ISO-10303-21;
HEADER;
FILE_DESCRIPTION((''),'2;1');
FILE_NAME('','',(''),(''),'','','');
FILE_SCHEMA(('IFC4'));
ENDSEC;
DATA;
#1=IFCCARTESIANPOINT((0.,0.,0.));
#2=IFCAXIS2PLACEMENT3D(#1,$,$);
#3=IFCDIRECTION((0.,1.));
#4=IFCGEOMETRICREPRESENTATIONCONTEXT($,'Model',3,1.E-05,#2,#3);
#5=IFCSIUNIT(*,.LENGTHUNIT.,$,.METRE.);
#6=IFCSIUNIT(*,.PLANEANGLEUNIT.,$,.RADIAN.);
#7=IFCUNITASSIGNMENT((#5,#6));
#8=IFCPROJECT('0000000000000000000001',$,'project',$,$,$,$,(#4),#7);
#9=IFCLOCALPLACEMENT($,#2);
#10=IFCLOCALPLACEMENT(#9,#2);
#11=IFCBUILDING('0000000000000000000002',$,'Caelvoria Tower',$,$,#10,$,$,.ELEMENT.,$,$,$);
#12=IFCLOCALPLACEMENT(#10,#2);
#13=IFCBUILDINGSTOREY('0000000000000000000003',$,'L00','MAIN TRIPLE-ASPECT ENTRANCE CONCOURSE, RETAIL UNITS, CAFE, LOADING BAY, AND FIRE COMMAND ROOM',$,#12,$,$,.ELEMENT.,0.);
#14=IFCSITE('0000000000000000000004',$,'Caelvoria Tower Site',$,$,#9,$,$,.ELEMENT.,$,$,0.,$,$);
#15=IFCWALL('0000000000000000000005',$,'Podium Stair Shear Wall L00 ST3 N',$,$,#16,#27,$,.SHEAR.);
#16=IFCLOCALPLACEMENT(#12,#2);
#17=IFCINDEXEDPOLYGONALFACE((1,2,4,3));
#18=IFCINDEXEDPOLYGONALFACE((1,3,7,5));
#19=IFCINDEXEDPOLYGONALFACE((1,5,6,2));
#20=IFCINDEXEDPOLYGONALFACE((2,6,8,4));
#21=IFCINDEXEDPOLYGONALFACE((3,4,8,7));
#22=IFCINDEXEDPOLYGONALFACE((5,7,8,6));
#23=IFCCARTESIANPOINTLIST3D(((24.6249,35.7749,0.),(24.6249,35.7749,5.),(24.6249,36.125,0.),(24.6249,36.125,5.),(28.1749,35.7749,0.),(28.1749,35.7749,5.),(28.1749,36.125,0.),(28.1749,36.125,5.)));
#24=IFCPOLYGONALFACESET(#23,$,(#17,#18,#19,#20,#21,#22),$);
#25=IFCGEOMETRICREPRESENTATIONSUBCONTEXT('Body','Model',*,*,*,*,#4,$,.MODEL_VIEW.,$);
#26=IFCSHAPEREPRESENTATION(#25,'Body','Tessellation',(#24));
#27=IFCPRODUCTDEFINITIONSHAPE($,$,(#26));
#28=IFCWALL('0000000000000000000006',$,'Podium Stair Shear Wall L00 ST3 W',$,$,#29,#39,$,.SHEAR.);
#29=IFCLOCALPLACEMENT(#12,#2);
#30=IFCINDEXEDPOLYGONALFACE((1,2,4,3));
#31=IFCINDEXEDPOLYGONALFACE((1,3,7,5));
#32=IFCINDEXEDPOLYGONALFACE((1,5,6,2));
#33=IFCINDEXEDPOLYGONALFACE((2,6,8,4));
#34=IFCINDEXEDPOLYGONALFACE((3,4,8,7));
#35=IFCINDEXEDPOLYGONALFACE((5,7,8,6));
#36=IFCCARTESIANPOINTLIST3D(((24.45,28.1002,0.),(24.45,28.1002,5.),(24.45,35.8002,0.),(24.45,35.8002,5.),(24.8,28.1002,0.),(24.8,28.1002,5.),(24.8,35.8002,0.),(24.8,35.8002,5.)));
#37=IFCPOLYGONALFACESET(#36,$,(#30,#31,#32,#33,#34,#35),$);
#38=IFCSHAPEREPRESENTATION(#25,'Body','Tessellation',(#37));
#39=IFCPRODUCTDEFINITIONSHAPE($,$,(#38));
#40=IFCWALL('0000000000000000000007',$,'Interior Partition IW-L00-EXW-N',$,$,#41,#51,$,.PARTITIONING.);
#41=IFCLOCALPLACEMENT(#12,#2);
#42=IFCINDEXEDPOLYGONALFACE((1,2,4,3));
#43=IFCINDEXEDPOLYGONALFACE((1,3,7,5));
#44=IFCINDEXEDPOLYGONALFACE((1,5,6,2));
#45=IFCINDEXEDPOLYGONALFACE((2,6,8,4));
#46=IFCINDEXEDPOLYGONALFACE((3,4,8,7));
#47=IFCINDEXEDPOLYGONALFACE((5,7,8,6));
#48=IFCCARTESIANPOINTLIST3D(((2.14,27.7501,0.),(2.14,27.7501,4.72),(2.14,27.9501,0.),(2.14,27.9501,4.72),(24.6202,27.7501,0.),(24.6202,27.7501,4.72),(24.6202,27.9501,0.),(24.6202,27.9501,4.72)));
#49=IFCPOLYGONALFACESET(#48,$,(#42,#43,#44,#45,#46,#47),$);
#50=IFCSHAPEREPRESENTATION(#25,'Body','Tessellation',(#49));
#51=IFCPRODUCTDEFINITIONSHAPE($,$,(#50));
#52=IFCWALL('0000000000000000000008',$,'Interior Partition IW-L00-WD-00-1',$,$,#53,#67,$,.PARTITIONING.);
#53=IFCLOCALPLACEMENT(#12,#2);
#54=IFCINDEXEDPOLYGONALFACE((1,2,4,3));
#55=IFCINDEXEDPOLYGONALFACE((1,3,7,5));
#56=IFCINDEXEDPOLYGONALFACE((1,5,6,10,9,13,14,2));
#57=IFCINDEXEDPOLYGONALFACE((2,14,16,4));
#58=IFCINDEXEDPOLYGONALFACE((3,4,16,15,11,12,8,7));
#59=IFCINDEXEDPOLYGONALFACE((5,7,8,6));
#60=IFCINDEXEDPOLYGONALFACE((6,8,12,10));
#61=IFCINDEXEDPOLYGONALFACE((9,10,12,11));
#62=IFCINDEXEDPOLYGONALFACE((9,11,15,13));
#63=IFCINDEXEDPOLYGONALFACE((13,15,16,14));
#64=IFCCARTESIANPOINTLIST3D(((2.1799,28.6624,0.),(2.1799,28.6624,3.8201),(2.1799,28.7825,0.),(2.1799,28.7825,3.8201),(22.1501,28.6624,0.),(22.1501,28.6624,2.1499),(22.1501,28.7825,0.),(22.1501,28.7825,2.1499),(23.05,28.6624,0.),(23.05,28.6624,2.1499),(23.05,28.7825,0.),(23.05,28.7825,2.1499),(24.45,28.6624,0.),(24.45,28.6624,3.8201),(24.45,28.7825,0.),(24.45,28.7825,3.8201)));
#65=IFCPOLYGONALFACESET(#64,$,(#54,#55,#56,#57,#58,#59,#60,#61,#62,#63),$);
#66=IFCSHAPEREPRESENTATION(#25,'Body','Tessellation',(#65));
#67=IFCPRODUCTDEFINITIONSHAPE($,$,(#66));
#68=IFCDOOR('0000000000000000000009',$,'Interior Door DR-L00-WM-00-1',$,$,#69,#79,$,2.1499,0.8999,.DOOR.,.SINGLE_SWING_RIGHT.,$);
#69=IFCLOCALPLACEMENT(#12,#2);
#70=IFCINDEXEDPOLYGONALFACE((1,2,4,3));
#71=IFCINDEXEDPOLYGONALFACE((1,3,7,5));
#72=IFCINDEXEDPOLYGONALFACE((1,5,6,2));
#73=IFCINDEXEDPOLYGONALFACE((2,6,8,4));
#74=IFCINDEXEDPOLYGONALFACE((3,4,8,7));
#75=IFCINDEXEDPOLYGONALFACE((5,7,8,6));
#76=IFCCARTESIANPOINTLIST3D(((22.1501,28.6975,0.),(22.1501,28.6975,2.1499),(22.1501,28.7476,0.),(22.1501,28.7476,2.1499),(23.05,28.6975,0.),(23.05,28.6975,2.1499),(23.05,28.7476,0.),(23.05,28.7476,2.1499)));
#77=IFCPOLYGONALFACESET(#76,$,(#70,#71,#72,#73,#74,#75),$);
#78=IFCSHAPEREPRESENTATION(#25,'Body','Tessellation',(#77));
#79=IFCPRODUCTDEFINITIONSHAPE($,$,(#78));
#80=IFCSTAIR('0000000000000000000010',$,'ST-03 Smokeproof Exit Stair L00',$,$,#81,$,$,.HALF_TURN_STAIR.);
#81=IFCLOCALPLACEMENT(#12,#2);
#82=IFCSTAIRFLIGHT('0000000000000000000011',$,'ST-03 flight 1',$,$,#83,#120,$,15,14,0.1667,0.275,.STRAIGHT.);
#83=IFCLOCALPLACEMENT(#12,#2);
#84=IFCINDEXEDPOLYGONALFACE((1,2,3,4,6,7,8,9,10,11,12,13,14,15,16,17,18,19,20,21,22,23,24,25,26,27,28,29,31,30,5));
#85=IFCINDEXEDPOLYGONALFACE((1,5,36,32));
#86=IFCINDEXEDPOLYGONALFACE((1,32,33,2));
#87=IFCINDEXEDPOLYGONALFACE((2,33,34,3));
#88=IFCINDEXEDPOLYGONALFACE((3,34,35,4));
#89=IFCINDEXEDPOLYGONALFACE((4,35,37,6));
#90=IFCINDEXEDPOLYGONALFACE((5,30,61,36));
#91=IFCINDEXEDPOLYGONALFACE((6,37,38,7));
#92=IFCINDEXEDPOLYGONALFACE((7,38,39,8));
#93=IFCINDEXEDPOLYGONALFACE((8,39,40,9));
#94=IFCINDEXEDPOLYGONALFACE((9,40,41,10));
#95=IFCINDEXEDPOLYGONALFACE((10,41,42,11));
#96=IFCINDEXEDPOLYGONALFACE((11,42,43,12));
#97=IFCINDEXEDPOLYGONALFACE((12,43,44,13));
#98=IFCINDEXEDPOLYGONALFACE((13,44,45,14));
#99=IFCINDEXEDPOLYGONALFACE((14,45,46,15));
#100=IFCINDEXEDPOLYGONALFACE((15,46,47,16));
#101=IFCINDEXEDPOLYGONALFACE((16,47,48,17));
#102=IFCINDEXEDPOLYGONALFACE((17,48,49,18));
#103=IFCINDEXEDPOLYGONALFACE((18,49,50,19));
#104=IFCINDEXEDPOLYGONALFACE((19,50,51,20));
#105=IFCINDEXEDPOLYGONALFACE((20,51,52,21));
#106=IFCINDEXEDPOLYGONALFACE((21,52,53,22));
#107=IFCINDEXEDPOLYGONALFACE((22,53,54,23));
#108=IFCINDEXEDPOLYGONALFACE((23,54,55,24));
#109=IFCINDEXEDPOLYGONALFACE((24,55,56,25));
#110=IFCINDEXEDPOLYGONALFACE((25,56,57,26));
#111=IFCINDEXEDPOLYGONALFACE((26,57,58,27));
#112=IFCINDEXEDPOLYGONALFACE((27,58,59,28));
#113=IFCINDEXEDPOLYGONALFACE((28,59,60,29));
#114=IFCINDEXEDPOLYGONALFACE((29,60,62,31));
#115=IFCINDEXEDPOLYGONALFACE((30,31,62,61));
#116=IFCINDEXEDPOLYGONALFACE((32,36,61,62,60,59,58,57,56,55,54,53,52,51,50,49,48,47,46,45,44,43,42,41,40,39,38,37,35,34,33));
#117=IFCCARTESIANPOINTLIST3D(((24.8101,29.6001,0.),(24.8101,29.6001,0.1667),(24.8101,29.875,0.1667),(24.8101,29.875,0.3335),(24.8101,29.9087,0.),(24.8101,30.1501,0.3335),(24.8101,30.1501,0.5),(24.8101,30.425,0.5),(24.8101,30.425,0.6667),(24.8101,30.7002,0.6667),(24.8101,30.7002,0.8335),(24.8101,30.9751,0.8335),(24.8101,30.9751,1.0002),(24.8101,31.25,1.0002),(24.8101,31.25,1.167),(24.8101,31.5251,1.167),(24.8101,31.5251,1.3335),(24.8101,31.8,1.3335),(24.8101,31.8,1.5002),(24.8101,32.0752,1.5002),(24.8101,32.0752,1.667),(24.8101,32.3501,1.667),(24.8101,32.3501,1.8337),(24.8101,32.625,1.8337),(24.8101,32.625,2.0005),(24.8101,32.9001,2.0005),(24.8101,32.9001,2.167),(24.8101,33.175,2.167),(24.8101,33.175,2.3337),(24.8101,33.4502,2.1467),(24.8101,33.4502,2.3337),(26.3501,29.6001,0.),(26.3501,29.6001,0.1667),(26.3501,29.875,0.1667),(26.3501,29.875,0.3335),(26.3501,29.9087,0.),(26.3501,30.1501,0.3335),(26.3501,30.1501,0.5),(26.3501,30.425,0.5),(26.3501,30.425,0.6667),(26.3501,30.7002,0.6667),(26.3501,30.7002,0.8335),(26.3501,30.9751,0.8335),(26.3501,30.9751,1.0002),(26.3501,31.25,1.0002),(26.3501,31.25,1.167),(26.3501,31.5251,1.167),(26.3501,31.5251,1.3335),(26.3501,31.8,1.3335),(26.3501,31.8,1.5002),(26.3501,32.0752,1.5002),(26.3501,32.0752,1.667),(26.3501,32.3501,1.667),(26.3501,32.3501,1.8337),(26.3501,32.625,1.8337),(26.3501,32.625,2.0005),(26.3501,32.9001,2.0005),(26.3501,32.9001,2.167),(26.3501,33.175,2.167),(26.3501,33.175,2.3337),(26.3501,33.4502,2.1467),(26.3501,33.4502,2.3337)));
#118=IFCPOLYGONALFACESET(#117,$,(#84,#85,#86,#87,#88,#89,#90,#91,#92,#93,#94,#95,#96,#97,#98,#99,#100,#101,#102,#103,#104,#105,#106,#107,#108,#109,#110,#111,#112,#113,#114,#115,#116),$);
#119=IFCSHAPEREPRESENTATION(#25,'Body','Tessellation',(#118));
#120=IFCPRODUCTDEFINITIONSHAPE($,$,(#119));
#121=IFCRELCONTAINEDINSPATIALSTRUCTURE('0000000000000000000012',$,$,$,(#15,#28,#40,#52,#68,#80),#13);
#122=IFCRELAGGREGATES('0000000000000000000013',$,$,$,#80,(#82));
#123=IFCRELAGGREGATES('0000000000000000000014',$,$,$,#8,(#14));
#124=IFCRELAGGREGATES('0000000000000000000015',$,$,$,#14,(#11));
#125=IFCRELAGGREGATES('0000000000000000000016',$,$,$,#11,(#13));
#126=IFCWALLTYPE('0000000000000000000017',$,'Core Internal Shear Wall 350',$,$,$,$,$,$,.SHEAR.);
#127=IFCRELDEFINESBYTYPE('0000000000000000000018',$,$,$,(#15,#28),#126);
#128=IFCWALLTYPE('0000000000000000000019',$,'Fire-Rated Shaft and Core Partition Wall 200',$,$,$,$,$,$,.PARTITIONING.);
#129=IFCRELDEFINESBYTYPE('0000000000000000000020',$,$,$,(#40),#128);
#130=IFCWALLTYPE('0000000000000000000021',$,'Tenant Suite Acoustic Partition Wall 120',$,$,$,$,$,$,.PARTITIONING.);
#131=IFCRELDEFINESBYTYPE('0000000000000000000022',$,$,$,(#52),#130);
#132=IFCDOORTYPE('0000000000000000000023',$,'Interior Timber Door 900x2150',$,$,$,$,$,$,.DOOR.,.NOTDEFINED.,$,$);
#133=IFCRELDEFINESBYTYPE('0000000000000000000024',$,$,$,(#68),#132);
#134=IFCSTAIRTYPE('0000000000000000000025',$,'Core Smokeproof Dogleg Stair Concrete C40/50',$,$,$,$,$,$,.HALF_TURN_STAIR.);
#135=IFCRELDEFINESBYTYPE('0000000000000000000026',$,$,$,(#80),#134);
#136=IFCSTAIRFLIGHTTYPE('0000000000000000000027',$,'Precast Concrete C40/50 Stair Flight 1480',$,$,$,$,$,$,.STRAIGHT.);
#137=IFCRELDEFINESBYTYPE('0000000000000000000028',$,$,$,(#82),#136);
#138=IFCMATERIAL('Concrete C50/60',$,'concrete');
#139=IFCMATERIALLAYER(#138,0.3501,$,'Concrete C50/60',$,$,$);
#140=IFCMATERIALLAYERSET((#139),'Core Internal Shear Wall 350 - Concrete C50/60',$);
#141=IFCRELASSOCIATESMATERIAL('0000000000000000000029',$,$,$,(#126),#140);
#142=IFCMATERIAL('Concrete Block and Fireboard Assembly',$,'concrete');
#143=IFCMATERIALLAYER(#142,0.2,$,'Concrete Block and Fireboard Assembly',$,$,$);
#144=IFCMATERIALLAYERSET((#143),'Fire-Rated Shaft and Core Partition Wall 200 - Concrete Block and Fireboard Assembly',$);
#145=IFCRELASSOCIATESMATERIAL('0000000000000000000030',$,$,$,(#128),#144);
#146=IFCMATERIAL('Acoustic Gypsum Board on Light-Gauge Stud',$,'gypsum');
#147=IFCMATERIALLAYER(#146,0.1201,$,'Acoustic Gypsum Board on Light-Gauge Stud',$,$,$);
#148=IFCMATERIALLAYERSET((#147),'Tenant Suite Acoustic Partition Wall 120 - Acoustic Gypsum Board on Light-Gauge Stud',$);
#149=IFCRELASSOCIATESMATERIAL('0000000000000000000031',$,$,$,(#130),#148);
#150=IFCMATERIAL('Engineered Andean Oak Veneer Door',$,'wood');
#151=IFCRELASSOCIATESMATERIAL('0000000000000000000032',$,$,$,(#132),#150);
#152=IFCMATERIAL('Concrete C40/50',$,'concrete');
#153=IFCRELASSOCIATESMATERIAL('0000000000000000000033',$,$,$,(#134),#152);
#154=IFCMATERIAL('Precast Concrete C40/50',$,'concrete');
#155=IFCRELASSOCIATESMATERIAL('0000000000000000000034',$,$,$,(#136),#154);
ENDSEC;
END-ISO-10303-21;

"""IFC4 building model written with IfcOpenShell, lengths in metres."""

from ifc_helpers import new_model, si_unit, direction, frame, frame_2d, origin, place, context, subcontext, project, spatial, polyline, rectangle, outline, extrude, material, layer, layer_set, type_object, element, fill, aggregate, save


model = new_model("IFC4")

# Units and contexts
model_context = context("Model", 3, precision=1e-05, world=origin(), true_north=direction((0.0, 1.0)))
body_context = subcontext(model_context, "Body", "Model", "MODEL_VIEW")
ifc_project = project(units=[si_unit("LENGTHUNIT", "METRE"), si_unit("PLANEANGLEUNIT", "RADIAN")], contexts=[model_context])

# Site, building, storey
site_placement = place(None, origin())
site = spatial("IfcSite", under=ifc_project, at=site_placement, Name="Caelvoria Tower Site", CompositionType="ELEMENT", RefElevation=0.0)
building_placement = place(site_placement, origin())
building = spatial("IfcBuilding", under=site, at=building_placement, Name="Caelvoria Tower", CompositionType="ELEMENT")
storey_placement = place(building_placement, origin())
storey = spatial("IfcBuildingStorey", under=building, at=storey_placement, Name="L00", Description="MAIN TRIPLE-ASPECT ENTRANCE CONCOURSE, RETAIL UNITS, CAFE, LOADING BAY, AND FIRE COMMAND ROOM", CompositionType="ELEMENT", Elevation=0.0)

# Shared definitions
ifc_material_1 = material(Name="Concrete C50/60", Category="concrete")

# Shared definitions
ifc_layer_1 = layer(ifc_material_1, 0.3501, Name="Concrete C50/60")
ifc_layer_set_1 = layer_set([ifc_layer_1], Name="Core Internal Shear Wall 350 - Concrete C50/60")
wall_type_1 = type_object("IfcWallType", Name="Core Internal Shear Wall 350", PredefinedType="SHEAR", material=ifc_layer_set_1)

# Walls
wall_1_placement = place(storey_placement, frame((24.625, 35.95, 0.0), z_axis=(0.0, 0.0, 1.0), x_axis=(1.0, 0.0, 0.0)))
element("IfcWall", 1, at=wall_1_placement, inside=storey, type_object=wall_type_1, Name="Podium Stair Shear Wall L00 ST3 N", PredefinedType="SHEAR", context=body_context, shape_type="SweptSolid", body=[
    extrude(rectangle(XDim=3.55, YDim=0.3501, at=frame_2d((1.7749, 0.0))), origin(), (0.0, 0.0, 1.0), 5.0),
])
wall_2_placement = place(storey_placement, frame((24.625, 28.1001, 0.0), z_axis=(0.0, 0.0, 1.0), x_axis=(0.0, 1.0, 0.0)))
element("IfcWall", 2, at=wall_2_placement, inside=storey, type_object=wall_type_1, Name="Podium Stair Shear Wall L00 ST3 W", PredefinedType="SHEAR", context=body_context, shape_type="SweptSolid", body=[
    extrude(rectangle(XDim=7.7, YDim=0.3501, at=frame_2d((3.8501, 0.0))), origin(), (0.0, 0.0, 1.0), 5.0),
])
ifc_material_2 = material(Name="Concrete Block and Fireboard Assembly", Category="concrete")
ifc_layer_2 = layer(ifc_material_2, 0.2, Name="Concrete Block and Fireboard Assembly")
ifc_layer_set_2 = layer_set([ifc_layer_2], Name="Fire-Rated Shaft and Core Partition Wall 200 - Concrete Block and Fireboard Assembly")
wall_type_2 = type_object("IfcWallType", Name="Fire-Rated Shaft and Core Partition Wall 200", PredefinedType="PARTITIONING", material=ifc_layer_set_2)
wall_3_placement = place(storey_placement, frame((2.1399, 27.8501, 0.0), z_axis=(0.0, 0.0, 1.0), x_axis=(1.0, 0.0, 0.0)))
element("IfcWall", 3, at=wall_3_placement, inside=storey, type_object=wall_type_2, Name="Interior Partition IW-L00-EXW-N", PredefinedType="PARTITIONING", context=body_context, shape_type="SweptSolid", body=[
    extrude(rectangle(XDim=22.4802, YDim=0.2, at=frame_2d((11.2402, 0.0))), origin(), (0.0, 0.0, 1.0), 4.72),
])

# Wall, opening, door
ifc_material_3 = material(Name="Acoustic Gypsum Board on Light-Gauge Stud", Category="gypsum")
ifc_layer_3 = layer(ifc_material_3, 0.1201, Name="Acoustic Gypsum Board on Light-Gauge Stud")
ifc_layer_set_3 = layer_set([ifc_layer_3], Name="Tenant Suite Acoustic Partition Wall 120 - Acoustic Gypsum Board on Light-Gauge Stud")
wall_type_3 = type_object("IfcWallType", Name="Tenant Suite Acoustic Partition Wall 120", PredefinedType="PARTITIONING", material=ifc_layer_set_3)
wall_4_placement = place(storey_placement, frame((24.45, 28.7224, 0.0), z_axis=(0.0, 0.0, 1.0), x_axis=(-1.0, 0.0, 0.0)))
wall_4 = element("IfcWall", 4, at=wall_4_placement, inside=storey, type_object=wall_type_3, Name="Interior Partition IW-L00-WD-00-1", PredefinedType="PARTITIONING", context=body_context, shape_type="SweptSolid", body=[
    extrude(rectangle(XDim=22.27, YDim=0.1201, at=frame_2d((11.135, 0.0))), origin(), (0.0, 0.0, 1.0), 3.8201),
])
opening_1_placement = place(wall_4_placement, frame((1.3999, 0.0, 0.0)))
opening_1 = element("IfcOpeningElement", 5, at=opening_1_placement, cuts=wall_4, PredefinedType="OPENING", context=body_context, shape_type="SweptSolid", body=[
    extrude(rectangle(XDim=0.8999, YDim=2.1499, at=frame_2d((0.45, 1.075))), frame((0.0, 0.0701, 0.0), z_axis=(0.0, -1.0, 0.0), x_axis=(1.0, 0.0, 0.0)), (0.0, 0.0, 1.0), 0.1401),
])
ifc_material_4 = material(Name="Engineered Andean Oak Veneer Door", Category="wood")
door_type_1 = type_object("IfcDoorType", Name="Interior Timber Door 900x2150", OperationType="NOTDEFINED", PredefinedType="DOOR", material=ifc_material_4)
door_1_placement = place(opening_1_placement, origin())
door_1 = element("IfcDoor", 6, at=door_1_placement, inside=storey, type_object=door_type_1, Name="Interior Door DR-L00-WM-00-1", OperationType="SINGLE_SWING_RIGHT", OverallHeight=2.1499, OverallWidth=0.8999, PredefinedType="DOOR", context=body_context, shape_type="SweptSolid", body=[
    extrude(rectangle(XDim=0.8999, YDim=2.1499, at=frame_2d((0.45, 1.075))), frame((0.0, 0.0249, 0.0), z_axis=(0.0, -1.0, 0.0), x_axis=(1.0, 0.0, 0.0)), (0.0, 0.0, 1.0), 0.05),
])
fill(opening_1, door_1)

# Stair, stair flight
ifc_material_5 = material(Name="Concrete C40/50", Category="concrete")
stair_type = type_object("IfcStairType", Name="Core Smokeproof Dogleg Stair Concrete C40/50", PredefinedType="HALF_TURN_STAIR", material=ifc_material_5)
stair_placement = place(storey_placement, origin())
stair = element("IfcStair", 7, at=stair_placement, inside=storey, type_object=stair_type, Name="ST-03 Smokeproof Exit Stair L00", PredefinedType="HALF_TURN_STAIR")
ifc_material_6 = material(Name="Precast Concrete C40/50", Category="concrete")
stair_flight_type = type_object("IfcStairFlightType", Name="Precast Concrete C40/50 Stair Flight 1480", PredefinedType="STRAIGHT", material=ifc_material_6)
stair_flight_placement = place(storey_placement, frame((25.5801, 29.6001, 0.0), z_axis=(0.0, 0.0, 1.0), x_axis=(0.0, 1.0, 0.0)))
stair_flight = element("IfcStairFlight", 8, at=stair_flight_placement, type_object=stair_flight_type, Name="ST-03 flight 1", NumberOfRisers=15, NumberOfTreads=14, PredefinedType="STRAIGHT", RiserHeight=0.1667, TreadLength=0.275, context=body_context, shape_type="SweptSolid", body=[
    extrude(outline(polyline([(0.0, 0.0), (0.0, 0.1667), (0.2749, 0.1667), (0.2749, 0.3335), (0.55, 0.3335), (0.55, 0.5), (0.825, 0.5), (0.825, 0.6667), (1.1001, 0.6667), (1.1001, 0.8335), (1.375, 0.8335), (1.375, 1.0002), (1.6499, 1.0002), (1.6499, 1.167), (1.925, 1.167), (1.925, 1.3335), (2.2, 1.3335), (2.2, 1.5002), (2.4751, 1.5002), (2.4751, 1.667), (2.75, 1.667), (2.75, 1.8337), (3.0249, 1.8337), (3.0249, 2.0005), (3.3, 2.0005), (3.3, 2.167), (3.575, 2.167), (3.575, 2.3337), (3.8501, 2.3337), (3.8501, 2.5005), (3.8501, 2.1467), (0.3086, 0.0), (0.0, 0.0)])), frame((0.0, 0.77, 0.0), z_axis=(0.0, -1.0, 0.0), x_axis=(1.0, 0.0, 0.0)), (0.0, 0.0, 1.0), 1.54),
])
aggregate(stair, [stair_flight])

save(model, "model.ifc")
